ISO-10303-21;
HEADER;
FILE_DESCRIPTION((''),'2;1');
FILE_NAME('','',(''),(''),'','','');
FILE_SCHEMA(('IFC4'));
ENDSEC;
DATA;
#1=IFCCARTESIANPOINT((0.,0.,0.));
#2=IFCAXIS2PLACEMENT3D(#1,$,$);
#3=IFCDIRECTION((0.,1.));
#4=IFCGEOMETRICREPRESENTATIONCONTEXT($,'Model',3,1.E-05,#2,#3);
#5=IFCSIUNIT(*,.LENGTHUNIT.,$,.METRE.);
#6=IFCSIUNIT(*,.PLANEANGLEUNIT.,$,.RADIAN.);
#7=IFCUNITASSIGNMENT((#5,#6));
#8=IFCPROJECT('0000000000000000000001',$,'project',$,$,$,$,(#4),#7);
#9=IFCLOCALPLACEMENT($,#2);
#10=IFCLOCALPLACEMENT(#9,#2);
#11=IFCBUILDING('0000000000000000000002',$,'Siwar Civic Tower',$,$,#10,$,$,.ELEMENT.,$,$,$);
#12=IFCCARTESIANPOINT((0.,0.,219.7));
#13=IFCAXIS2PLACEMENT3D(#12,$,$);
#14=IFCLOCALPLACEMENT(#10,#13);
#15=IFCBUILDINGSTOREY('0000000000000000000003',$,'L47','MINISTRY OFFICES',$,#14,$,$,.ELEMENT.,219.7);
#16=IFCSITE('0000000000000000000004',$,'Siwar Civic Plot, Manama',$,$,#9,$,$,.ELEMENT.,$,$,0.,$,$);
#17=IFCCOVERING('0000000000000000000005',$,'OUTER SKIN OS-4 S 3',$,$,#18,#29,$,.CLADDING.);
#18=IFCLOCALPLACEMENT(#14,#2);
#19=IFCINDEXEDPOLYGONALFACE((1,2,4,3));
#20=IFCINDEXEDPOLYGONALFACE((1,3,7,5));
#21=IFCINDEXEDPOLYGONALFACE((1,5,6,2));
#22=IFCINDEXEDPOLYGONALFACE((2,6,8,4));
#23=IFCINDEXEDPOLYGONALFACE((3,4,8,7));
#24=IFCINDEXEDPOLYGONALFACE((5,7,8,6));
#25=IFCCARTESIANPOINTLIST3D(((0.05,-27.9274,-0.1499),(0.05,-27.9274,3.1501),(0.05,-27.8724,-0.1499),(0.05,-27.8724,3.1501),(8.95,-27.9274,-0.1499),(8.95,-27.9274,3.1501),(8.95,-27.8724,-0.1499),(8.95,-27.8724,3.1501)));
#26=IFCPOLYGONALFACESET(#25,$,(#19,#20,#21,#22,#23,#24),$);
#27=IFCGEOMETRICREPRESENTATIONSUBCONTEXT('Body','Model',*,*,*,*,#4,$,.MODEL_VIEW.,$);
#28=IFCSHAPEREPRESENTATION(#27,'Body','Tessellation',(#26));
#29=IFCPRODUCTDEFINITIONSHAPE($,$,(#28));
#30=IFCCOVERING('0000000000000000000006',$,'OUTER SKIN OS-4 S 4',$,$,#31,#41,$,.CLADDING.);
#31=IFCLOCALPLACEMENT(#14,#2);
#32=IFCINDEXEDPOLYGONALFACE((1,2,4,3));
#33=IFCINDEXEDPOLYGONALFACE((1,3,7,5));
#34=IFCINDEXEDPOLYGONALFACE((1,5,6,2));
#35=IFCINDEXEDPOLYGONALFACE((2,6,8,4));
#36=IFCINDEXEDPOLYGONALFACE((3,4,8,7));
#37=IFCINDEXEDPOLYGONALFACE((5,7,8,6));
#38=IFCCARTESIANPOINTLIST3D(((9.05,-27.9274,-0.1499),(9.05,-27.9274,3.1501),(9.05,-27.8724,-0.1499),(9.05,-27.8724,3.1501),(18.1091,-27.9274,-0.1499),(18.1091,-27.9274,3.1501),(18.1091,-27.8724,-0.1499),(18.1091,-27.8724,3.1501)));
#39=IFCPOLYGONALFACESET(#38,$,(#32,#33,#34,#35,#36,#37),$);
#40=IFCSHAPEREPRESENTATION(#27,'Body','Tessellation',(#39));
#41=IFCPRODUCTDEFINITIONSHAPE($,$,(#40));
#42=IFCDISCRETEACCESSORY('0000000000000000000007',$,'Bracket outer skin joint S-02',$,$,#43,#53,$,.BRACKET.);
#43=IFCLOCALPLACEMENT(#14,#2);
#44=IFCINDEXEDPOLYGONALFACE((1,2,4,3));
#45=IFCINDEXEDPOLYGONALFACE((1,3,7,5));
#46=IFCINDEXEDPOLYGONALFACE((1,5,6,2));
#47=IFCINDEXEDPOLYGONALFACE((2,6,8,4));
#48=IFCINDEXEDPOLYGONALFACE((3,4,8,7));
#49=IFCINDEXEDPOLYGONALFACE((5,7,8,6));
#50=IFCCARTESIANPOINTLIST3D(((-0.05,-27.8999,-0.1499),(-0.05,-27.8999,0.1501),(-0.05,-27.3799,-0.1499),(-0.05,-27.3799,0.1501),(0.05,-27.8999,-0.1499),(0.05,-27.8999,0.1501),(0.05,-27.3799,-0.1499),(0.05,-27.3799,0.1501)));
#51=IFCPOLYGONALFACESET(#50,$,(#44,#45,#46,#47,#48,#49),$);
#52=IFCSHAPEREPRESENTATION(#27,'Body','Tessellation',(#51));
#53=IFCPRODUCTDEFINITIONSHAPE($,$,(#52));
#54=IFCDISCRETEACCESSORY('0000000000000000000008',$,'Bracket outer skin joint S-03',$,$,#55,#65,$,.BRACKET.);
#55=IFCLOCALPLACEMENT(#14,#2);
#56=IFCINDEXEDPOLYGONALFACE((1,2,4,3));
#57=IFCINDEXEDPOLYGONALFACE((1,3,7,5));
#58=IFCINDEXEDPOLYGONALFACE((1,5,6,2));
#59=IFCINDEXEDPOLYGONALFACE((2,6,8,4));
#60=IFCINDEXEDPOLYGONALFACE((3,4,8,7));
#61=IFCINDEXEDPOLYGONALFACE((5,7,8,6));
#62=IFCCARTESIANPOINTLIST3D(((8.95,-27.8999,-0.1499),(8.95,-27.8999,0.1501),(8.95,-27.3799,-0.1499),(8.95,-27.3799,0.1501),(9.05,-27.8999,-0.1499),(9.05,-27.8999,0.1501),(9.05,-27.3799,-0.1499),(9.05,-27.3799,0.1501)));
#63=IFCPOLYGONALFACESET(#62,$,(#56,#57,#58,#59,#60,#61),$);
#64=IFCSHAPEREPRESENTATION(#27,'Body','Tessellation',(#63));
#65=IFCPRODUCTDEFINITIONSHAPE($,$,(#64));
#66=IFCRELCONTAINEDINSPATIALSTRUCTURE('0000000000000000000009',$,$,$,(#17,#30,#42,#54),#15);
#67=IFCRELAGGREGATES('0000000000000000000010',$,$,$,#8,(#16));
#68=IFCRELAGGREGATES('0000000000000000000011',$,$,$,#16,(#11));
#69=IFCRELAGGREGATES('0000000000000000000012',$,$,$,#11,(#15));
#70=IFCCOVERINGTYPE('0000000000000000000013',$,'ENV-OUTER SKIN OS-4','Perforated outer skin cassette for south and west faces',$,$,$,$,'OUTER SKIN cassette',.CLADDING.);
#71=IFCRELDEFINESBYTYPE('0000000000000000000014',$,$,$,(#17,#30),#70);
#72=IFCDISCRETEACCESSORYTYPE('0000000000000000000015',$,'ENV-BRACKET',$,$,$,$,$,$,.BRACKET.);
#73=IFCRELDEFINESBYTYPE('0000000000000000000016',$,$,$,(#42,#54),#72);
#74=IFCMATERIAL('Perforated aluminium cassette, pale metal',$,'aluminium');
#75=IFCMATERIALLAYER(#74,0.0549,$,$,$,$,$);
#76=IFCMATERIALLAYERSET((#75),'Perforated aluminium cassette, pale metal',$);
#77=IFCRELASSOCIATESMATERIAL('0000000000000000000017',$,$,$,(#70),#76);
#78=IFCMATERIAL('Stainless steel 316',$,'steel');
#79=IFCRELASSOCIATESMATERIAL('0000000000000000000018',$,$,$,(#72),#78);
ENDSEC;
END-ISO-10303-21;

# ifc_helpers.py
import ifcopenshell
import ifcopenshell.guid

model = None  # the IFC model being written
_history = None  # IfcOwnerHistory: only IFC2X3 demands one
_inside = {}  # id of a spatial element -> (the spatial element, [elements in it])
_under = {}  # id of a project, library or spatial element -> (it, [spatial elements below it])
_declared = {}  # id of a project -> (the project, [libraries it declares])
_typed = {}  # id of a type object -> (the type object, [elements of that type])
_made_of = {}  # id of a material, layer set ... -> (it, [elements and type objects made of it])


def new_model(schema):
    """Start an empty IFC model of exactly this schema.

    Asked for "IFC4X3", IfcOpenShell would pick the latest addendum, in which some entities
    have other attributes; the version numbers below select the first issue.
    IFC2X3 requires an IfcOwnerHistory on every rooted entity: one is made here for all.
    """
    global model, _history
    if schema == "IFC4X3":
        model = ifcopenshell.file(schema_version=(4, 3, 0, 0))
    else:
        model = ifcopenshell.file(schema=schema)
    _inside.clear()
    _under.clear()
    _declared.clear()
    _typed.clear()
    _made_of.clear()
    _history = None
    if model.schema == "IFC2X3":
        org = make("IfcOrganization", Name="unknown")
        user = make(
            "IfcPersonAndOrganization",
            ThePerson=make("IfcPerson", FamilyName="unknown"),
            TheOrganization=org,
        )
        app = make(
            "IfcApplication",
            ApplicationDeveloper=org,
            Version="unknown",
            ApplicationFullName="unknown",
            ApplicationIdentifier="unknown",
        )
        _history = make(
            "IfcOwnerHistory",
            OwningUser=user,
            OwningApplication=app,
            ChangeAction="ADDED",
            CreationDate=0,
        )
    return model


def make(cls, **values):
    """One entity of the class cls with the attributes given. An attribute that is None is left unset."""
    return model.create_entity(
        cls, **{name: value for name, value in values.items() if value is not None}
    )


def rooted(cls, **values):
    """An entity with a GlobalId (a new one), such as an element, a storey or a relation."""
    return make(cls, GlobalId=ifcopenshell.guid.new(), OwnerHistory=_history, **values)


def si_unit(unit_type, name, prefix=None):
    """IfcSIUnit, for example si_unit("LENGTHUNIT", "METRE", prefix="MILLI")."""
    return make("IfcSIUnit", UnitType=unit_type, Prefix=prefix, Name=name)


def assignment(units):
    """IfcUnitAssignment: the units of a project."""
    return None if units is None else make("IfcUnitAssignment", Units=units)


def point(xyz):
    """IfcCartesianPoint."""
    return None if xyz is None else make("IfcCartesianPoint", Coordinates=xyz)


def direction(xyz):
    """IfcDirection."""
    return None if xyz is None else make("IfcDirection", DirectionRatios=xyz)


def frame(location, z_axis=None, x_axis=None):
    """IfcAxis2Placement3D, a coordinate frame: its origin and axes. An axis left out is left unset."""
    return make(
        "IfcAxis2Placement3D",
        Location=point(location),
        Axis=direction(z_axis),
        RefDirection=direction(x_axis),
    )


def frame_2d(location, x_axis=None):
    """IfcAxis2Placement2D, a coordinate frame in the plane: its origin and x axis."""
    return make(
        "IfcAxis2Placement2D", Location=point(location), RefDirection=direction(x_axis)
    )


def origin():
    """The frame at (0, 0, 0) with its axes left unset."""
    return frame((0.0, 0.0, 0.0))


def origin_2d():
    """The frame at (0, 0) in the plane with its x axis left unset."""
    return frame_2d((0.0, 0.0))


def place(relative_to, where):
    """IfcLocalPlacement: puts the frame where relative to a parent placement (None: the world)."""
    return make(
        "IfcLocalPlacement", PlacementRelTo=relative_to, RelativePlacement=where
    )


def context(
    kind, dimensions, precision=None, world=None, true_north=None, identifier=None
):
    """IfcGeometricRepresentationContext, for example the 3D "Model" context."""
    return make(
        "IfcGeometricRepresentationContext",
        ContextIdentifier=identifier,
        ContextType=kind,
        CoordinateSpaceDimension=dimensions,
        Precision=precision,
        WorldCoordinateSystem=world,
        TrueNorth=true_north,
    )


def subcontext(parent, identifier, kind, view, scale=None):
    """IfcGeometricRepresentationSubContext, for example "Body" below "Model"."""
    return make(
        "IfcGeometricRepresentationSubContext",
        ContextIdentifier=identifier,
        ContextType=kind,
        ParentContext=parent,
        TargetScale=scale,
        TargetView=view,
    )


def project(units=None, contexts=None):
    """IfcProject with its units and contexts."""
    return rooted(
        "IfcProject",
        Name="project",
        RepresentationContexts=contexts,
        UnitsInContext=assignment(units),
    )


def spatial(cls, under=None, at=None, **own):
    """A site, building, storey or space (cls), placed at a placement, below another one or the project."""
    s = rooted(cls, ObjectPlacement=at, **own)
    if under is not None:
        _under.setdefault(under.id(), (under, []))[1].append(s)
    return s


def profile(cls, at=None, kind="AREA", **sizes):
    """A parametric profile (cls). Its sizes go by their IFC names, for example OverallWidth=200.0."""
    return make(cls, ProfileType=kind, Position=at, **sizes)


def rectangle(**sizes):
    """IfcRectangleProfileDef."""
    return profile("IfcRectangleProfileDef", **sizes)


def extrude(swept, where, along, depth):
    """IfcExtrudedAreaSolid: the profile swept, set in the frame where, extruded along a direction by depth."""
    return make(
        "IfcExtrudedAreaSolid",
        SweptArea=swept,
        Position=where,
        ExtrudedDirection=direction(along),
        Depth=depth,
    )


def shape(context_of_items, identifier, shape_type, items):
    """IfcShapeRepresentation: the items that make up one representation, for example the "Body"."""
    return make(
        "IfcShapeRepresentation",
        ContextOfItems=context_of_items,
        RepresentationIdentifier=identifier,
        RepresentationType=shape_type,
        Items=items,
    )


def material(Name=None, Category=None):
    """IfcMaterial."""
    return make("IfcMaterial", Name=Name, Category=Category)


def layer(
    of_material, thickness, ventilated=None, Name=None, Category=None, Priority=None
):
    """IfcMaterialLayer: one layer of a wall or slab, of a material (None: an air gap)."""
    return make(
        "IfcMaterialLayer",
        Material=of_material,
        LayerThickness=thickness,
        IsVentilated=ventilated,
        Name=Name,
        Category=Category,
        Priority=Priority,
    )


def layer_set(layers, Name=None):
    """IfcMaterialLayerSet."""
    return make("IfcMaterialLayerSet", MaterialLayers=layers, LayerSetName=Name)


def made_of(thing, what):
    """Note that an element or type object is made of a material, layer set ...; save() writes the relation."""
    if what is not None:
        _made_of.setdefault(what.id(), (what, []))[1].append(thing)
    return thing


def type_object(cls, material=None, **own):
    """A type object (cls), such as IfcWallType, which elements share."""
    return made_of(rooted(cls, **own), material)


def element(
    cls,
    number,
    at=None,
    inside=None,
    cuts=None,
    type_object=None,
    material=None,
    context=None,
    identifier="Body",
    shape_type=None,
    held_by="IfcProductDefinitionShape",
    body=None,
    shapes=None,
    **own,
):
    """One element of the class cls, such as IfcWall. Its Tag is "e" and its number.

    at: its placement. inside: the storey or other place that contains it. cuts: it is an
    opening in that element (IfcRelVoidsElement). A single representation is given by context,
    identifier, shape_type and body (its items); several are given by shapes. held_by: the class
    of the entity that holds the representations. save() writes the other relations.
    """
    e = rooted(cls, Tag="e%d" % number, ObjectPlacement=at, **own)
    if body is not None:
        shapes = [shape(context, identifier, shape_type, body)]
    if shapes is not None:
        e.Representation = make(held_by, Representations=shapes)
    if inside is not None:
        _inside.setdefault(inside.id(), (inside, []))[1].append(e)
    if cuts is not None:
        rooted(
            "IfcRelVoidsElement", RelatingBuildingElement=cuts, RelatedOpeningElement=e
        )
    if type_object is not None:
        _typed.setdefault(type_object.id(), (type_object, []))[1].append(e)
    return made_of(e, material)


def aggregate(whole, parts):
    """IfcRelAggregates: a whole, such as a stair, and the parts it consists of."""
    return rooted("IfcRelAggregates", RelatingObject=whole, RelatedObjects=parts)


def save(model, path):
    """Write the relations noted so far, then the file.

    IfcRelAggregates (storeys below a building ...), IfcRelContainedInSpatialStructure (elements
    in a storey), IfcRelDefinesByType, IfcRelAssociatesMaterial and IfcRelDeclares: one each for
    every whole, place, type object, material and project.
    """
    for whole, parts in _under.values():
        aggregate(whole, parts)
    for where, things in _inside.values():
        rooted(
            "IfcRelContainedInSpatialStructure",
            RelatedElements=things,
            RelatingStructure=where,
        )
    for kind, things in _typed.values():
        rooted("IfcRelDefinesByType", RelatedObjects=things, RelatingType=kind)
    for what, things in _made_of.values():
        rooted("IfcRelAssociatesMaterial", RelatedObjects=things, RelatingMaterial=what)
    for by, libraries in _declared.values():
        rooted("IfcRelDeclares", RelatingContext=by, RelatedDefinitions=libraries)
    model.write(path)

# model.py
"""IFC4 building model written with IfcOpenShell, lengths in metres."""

from ifc_helpers import new_model, si_unit, direction, frame, origin, origin_2d, place, context, subcontext, project, spatial, rectangle, extrude, material, layer, layer_set, type_object, element, save


model = new_model("IFC4")

# Units and contexts
model_context = context("Model", 3, precision=1e-05, world=origin(), true_north=direction((0.0, 1.0)))
body_context = subcontext(model_context, "Body", "Model", "MODEL_VIEW")
ifc_project = project(units=[si_unit("LENGTHUNIT", "METRE"), si_unit("PLANEANGLEUNIT", "RADIAN")], contexts=[model_context])

# Site, building, storey
site_placement = place(None, origin())
site = spatial("IfcSite", under=ifc_project, at=site_placement, Name="Siwar Civic Plot, Manama", CompositionType="ELEMENT", RefElevation=0.0)
building_placement = place(site_placement, origin())
building = spatial("IfcBuilding", under=site, at=building_placement, Name="Siwar Civic Tower", CompositionType="ELEMENT")
storey_placement = place(building_placement, frame((0.0, 0.0, 219.7)))
storey = spatial("IfcBuildingStorey", under=building, at=storey_placement, Name="L47", Description="MINISTRY OFFICES", CompositionType="ELEMENT", Elevation=219.7)

# Coverings
ifc_material_1 = material(Name="Perforated aluminium cassette, pale metal", Category="aluminium")
ifc_layer_1 = layer(ifc_material_1, 0.0549)
ifc_layer_set_1 = layer_set([ifc_layer_1], Name="Perforated aluminium cassette, pale metal")
covering_type = type_object("IfcCoveringType", Name="ENV-OUTER SKIN OS-4", Description="Perforated outer skin cassette for south and west faces", ElementType="OUTER SKIN cassette", PredefinedType="CLADDING", material=ifc_layer_set_1)
covering_1_placement = place(storey_placement, frame((4.5, -27.8999, -0.1499), z_axis=(0.0, 0.0, 1.0), x_axis=(1.0, 0.0, 0.0)))
element("IfcCovering", 1, at=covering_1_placement, inside=storey, type_object=covering_type, Name="OUTER SKIN OS-4 S 3", PredefinedType="CLADDING", context=body_context, shape_type="SweptSolid", body=[
    extrude(rectangle(XDim=8.8999, YDim=0.0549, at=origin_2d()), origin(), (0.0, 0.0, 1.0), 3.3),
])
covering_2_placement = place(storey_placement, frame((13.5796, -27.8999, -0.1499), z_axis=(0.0, 0.0, 1.0), x_axis=(1.0, 0.0, 0.0)))
element("IfcCovering", 2, at=covering_2_placement, inside=storey, type_object=covering_type, Name="OUTER SKIN OS-4 S 4", PredefinedType="CLADDING", context=body_context, shape_type="SweptSolid", body=[
    extrude(rectangle(XDim=9.0591, YDim=0.0549, at=origin_2d()), origin(), (0.0, 0.0, 1.0), 3.3),
])

# Discrete accessories
ifc_material_2 = material(Name="Stainless steel 316", Category="steel")
discrete_accessory_type = type_object("IfcDiscreteAccessoryType", Name="ENV-BRACKET", PredefinedType="BRACKET", material=ifc_material_2)
for number, where, z_axis, x_axis, name in (
    (3, (0.0, -27.6399, -0.1499), (0.0, 0.0, 1.0), (0.0, -1.0, 0.0), "Bracket outer skin joint S-02"),
    (4, (9.0, -27.6399, -0.1499), (0.0, 0.0, 1.0), (0.0, -1.0, 0.0), "Bracket outer skin joint S-03"),
):
    element("IfcDiscreteAccessory", number, at=place(storey_placement, frame(where, z_axis=z_axis, x_axis=x_axis)), inside=storey, type_object=discrete_accessory_type, Name=name, PredefinedType="BRACKET", context=body_context, shape_type="SweptSolid", body=[
        extrude(rectangle(XDim=0.52, YDim=0.1001, at=origin_2d()), origin(), (0.0, 0.0, 1.0), 0.3),
    ])

save(model, "model.ifc")
